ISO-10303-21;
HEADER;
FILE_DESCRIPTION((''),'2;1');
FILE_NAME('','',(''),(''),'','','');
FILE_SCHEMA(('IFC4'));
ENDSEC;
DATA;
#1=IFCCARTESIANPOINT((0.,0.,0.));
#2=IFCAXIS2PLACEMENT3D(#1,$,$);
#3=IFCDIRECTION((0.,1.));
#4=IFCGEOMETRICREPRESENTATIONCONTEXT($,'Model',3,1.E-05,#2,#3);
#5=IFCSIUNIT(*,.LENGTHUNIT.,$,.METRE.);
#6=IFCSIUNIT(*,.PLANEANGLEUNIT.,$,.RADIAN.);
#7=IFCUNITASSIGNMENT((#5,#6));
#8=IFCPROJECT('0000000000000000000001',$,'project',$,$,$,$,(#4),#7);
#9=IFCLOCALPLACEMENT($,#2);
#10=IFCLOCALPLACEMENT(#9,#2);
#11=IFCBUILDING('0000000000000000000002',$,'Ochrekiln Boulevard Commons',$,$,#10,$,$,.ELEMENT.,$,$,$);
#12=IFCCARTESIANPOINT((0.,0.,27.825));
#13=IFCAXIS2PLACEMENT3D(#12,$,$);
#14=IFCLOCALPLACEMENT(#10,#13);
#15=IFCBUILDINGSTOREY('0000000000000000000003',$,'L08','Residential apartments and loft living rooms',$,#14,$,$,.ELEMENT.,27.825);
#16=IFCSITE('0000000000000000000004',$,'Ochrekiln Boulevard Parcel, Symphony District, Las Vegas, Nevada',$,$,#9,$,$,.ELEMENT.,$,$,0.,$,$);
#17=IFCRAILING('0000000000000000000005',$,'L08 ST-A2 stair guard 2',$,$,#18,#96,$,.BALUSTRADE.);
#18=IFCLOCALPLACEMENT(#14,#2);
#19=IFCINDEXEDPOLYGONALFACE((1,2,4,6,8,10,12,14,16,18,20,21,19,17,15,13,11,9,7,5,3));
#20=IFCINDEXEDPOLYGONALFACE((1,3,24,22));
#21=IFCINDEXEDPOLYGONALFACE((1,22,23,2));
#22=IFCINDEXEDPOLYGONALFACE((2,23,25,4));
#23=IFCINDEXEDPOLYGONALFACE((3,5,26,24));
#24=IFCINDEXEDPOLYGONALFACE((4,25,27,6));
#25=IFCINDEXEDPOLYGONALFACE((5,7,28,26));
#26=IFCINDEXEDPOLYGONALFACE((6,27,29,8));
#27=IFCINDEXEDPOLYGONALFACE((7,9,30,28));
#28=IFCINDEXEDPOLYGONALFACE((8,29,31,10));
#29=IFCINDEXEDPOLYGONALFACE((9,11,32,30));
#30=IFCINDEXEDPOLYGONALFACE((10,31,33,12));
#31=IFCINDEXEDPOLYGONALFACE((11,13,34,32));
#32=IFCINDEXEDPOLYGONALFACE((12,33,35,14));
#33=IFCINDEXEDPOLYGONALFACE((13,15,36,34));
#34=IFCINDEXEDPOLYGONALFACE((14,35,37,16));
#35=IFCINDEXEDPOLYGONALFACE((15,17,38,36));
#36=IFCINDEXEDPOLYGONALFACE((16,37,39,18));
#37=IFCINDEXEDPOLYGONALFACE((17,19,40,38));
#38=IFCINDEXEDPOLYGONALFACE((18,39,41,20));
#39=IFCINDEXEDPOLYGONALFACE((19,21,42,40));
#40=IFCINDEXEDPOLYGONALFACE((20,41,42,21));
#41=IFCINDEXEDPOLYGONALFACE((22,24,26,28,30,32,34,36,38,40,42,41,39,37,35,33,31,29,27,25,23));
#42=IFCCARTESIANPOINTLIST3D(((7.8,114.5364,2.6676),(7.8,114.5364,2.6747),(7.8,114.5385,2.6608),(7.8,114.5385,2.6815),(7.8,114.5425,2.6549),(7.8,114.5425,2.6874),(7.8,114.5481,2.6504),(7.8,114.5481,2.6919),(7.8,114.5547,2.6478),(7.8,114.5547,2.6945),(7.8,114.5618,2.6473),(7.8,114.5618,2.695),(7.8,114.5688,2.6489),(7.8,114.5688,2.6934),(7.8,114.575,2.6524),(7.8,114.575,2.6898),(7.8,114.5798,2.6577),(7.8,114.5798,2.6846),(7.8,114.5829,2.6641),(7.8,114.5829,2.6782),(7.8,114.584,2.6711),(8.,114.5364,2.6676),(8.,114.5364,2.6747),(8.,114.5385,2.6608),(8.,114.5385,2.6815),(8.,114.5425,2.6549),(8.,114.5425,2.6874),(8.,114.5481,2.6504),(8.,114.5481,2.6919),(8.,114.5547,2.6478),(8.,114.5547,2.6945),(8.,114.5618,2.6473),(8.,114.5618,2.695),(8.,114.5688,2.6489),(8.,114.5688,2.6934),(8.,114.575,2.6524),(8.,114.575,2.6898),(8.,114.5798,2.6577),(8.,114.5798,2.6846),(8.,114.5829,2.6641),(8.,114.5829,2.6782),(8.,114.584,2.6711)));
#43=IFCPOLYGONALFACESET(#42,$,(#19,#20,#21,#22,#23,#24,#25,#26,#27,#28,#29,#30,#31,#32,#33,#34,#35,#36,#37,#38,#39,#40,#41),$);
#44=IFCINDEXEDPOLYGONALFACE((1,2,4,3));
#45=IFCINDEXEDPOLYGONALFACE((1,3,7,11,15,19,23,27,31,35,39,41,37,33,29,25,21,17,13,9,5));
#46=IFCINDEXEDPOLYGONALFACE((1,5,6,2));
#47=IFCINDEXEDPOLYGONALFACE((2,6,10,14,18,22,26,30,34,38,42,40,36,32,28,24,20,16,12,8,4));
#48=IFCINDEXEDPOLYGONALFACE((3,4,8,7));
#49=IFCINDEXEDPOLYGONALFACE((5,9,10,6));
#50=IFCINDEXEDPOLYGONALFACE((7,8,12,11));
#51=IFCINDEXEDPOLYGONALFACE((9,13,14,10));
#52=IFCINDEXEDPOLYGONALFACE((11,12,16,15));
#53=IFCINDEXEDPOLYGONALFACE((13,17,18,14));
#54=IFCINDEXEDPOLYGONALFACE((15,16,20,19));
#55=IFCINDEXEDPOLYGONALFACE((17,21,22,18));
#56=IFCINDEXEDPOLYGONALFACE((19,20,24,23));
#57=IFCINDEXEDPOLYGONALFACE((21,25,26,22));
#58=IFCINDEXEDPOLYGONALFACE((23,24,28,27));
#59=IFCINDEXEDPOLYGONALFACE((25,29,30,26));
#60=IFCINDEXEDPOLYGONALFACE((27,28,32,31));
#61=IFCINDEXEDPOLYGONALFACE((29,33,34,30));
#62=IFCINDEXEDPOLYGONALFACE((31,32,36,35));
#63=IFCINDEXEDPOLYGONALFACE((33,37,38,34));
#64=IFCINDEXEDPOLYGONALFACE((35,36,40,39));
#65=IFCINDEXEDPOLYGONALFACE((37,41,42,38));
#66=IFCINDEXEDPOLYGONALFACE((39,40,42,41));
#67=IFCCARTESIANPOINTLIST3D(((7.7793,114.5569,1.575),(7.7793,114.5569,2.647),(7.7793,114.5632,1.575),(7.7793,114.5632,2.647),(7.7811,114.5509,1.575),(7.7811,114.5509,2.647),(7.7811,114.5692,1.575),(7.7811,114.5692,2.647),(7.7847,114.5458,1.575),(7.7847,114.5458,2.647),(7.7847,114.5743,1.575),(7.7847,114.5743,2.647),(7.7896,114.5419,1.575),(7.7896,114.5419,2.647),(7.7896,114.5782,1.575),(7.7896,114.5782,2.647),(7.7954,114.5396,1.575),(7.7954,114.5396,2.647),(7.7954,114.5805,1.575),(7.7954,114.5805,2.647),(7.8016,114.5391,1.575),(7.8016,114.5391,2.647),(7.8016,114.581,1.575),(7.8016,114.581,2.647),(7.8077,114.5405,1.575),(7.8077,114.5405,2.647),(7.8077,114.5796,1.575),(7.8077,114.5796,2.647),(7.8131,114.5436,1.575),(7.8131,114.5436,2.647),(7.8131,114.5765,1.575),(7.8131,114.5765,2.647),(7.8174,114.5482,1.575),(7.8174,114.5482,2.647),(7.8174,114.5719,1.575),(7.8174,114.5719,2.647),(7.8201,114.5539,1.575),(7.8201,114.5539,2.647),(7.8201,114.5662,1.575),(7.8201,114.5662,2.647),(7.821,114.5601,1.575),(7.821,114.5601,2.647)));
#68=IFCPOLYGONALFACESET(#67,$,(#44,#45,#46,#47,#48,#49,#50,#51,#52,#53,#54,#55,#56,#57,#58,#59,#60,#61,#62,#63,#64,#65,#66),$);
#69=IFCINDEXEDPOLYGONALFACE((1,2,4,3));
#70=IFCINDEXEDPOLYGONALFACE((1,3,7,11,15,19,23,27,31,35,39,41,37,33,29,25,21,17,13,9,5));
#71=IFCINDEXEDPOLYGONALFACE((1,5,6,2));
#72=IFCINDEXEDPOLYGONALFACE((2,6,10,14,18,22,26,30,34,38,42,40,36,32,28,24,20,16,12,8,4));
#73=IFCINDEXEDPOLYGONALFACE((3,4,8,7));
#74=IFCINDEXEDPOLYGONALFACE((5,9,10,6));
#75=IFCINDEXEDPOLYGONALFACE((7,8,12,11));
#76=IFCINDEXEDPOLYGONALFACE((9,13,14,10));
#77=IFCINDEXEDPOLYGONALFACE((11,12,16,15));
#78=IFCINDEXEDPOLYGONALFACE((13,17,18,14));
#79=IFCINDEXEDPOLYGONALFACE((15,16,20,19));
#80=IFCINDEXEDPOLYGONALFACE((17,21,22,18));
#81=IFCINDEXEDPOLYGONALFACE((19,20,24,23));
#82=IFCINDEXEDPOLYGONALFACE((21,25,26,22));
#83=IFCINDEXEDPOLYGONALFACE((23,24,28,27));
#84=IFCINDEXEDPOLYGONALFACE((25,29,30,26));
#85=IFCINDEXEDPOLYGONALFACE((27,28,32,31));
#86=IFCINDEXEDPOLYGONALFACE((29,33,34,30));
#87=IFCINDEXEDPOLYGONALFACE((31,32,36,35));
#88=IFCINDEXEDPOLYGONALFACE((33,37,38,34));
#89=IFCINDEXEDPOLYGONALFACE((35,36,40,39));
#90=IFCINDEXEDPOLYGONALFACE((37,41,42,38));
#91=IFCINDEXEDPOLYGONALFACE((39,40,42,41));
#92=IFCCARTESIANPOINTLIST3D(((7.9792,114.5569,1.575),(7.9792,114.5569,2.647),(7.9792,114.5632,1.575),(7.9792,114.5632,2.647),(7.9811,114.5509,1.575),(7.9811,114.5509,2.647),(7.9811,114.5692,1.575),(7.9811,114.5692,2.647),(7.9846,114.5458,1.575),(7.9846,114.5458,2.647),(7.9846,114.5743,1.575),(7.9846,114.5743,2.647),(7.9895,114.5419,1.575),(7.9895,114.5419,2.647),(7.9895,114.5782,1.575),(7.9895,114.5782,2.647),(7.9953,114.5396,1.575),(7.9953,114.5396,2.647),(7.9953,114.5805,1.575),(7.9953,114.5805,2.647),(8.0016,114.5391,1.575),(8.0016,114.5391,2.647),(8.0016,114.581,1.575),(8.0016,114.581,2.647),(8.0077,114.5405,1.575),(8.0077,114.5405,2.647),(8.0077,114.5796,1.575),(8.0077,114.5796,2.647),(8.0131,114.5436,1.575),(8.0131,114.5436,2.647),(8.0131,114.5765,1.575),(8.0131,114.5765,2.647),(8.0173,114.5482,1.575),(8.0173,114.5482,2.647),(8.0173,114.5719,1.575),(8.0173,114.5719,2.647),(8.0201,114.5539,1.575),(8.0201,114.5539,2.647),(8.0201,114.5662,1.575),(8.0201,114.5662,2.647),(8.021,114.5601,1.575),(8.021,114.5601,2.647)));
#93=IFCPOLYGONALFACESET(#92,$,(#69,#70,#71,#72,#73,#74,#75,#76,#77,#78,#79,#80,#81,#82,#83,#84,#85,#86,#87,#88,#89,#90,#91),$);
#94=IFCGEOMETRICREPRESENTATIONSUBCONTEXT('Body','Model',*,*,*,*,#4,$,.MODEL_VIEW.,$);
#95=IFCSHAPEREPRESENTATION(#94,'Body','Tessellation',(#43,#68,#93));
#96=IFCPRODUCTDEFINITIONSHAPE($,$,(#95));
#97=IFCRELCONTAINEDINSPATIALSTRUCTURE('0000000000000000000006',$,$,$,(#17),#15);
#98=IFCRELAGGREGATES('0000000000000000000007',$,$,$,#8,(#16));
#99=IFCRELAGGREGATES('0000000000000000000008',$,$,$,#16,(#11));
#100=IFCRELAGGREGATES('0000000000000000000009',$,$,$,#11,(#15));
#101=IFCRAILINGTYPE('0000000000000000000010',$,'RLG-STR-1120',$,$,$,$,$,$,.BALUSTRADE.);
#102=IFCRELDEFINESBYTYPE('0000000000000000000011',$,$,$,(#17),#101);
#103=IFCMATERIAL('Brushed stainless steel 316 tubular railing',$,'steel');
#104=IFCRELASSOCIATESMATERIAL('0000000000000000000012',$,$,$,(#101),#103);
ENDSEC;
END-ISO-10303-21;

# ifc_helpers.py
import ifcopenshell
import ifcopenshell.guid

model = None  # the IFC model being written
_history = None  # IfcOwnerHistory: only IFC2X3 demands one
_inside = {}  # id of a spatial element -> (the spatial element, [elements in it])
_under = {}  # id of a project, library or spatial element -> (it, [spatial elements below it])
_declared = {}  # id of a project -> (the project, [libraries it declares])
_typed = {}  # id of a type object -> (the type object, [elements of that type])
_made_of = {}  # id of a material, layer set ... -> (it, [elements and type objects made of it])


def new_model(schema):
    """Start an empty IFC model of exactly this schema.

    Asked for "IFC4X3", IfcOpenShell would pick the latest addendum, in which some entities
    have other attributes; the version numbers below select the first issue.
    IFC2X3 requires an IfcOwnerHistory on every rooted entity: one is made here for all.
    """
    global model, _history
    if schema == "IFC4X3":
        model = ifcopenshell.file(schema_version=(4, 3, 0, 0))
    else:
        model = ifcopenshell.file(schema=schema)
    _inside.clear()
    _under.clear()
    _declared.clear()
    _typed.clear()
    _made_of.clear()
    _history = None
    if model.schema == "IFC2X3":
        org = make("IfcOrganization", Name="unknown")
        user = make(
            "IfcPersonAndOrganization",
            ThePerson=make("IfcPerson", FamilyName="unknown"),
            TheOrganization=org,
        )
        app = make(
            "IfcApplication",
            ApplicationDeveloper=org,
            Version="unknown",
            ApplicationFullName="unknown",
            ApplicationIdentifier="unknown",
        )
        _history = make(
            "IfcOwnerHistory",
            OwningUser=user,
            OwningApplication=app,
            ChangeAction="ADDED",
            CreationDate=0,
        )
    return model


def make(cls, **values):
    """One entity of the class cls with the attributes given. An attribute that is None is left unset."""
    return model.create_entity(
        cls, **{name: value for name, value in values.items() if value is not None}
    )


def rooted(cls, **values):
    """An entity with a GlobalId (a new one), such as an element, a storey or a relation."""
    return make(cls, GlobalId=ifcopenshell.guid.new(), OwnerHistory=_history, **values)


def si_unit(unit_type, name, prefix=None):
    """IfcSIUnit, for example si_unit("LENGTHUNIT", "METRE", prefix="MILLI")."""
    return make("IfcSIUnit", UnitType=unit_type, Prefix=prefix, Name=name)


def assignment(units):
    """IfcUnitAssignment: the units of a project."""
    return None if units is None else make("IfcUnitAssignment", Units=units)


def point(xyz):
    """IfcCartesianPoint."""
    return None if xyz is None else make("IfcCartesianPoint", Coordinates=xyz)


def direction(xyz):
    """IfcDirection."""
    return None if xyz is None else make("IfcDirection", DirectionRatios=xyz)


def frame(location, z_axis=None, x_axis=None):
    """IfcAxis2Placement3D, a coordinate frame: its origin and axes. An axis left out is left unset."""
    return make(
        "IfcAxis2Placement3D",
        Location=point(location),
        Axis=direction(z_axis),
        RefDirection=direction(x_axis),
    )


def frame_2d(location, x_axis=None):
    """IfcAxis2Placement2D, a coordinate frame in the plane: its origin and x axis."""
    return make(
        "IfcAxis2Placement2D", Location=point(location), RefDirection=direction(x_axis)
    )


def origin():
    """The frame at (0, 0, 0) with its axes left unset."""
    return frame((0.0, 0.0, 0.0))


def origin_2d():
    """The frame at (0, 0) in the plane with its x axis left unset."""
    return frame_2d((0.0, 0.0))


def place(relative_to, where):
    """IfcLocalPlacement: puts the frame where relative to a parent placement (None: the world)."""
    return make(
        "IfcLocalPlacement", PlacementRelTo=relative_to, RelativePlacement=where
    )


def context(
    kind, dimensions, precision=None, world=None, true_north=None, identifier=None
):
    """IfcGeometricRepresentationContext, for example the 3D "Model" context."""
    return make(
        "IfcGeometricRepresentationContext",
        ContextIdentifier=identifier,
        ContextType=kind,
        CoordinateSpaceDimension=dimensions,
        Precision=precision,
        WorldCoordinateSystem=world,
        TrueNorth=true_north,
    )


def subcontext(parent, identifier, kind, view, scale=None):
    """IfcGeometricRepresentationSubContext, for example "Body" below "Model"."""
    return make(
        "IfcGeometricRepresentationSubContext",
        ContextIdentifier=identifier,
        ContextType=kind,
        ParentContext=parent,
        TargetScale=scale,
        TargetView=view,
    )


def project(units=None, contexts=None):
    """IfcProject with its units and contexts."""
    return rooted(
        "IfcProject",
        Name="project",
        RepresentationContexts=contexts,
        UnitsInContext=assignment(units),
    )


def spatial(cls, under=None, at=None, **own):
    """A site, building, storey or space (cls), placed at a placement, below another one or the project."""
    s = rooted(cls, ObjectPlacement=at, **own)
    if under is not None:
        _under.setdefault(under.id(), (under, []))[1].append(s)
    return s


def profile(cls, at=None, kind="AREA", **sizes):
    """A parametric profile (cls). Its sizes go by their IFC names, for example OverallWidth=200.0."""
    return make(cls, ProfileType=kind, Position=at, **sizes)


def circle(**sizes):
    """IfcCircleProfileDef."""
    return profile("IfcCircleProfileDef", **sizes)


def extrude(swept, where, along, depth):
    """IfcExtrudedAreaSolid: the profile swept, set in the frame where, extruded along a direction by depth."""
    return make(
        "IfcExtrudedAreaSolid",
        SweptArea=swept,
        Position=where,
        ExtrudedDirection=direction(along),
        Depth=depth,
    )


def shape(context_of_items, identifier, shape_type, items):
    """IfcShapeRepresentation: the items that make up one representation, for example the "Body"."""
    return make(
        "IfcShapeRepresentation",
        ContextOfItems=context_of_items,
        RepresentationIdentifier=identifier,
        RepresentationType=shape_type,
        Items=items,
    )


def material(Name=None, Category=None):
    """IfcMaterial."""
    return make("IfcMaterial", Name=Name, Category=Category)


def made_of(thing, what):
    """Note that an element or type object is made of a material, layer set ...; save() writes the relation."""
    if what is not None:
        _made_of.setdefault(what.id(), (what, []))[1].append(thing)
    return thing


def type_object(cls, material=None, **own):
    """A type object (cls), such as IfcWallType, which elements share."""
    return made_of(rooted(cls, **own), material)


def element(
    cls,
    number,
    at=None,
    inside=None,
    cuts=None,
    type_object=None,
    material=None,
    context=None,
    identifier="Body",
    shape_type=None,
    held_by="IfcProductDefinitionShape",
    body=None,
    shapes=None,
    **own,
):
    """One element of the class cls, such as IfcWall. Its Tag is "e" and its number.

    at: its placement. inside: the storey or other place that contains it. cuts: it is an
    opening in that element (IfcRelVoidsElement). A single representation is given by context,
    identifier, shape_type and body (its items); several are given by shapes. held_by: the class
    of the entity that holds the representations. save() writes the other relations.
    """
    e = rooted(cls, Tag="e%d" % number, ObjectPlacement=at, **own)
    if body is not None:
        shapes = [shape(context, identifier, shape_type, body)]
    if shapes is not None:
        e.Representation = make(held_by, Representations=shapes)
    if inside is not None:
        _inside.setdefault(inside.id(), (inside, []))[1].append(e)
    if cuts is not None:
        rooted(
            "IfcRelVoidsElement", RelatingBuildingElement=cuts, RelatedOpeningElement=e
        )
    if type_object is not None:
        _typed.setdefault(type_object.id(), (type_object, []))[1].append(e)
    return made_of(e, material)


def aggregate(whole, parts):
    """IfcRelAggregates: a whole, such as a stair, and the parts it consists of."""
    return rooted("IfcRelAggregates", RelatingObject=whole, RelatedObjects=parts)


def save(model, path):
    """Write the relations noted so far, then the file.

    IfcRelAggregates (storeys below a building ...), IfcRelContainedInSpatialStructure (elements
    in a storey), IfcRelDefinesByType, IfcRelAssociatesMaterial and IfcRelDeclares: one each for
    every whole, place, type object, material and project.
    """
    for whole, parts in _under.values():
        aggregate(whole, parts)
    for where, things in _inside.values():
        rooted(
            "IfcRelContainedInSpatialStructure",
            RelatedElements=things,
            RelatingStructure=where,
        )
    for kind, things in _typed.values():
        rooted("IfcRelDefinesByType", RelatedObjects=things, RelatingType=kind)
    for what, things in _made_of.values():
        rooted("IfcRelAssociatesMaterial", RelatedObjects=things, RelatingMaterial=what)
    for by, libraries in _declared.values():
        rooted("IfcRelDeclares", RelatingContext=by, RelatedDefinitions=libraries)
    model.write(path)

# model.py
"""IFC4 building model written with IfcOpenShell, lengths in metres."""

from ifc_helpers import new_model, si_unit, direction, frame, origin, origin_2d, place, context, subcontext, project, spatial, circle, extrude, material, type_object, element, save


model = new_model("IFC4")

# Units and contexts
model_context = context("Model", 3, precision=1e-05, world=origin(), true_north=direction((0.0, 1.0)))
body_context = subcontext(model_context, "Body", "Model", "MODEL_VIEW")
ifc_project = project(units=[si_unit("LENGTHUNIT", "METRE"), si_unit("PLANEANGLEUNIT", "RADIAN")], contexts=[model_context])

# Site, building, storey
site_placement = place(None, origin())
site = spatial("IfcSite", under=ifc_project, at=site_placement, Name="Ochrekiln Boulevard Parcel, Symphony District, Las Vegas, Nevada", CompositionType="ELEMENT", RefElevation=0.0)
building_placement = place(site_placement, origin())
building = spatial("IfcBuilding", under=site, at=building_placement, Name="Ochrekiln Boulevard Commons", CompositionType="ELEMENT")
storey_placement = place(building_placement, frame((0.0, 0.0, 27.825)))
storey = spatial("IfcBuildingStorey", under=building, at=storey_placement, Name="L08", Description="Residential apartments and loft living rooms", CompositionType="ELEMENT", Elevation=27.825)

# Railing
ifc_material_1 = material(Name="Brushed stainless steel 316 tubular railing", Category="steel")
railing_type_1 = type_object("IfcRailingType", Name="RLG-STR-1120", PredefinedType="BALUSTRADE", material=ifc_material_1)
railing_1_placement = place(storey_placement, frame((7.8, 114.5601, 1.575)))
element("IfcRailing", 1, at=railing_1_placement, inside=storey, type_object=railing_type_1, Name="L08 ST-A2 stair guard 2", PredefinedType="BALUSTRADE", context=body_context, shape_type="SweptSolid", body=[
    extrude(circle(Radius=0.0239, at=origin_2d()), frame((0.0, 0.0, 1.0962), z_axis=(1.0, 0.0, 0.0), x_axis=(0.0, 1.0, 0.0)), (0.0, 0.0, 1.0), 0.2),
    extrude(circle(Radius=0.021, at=origin_2d()), origin(), (0.0, 0.0, 1.0), 1.072),
    extrude(circle(Radius=0.021, at=origin_2d()), frame((0.2, 0.0, 0.0)), (0.0, 0.0, 1.0), 1.072),
])

save(model, "model.ifc")
